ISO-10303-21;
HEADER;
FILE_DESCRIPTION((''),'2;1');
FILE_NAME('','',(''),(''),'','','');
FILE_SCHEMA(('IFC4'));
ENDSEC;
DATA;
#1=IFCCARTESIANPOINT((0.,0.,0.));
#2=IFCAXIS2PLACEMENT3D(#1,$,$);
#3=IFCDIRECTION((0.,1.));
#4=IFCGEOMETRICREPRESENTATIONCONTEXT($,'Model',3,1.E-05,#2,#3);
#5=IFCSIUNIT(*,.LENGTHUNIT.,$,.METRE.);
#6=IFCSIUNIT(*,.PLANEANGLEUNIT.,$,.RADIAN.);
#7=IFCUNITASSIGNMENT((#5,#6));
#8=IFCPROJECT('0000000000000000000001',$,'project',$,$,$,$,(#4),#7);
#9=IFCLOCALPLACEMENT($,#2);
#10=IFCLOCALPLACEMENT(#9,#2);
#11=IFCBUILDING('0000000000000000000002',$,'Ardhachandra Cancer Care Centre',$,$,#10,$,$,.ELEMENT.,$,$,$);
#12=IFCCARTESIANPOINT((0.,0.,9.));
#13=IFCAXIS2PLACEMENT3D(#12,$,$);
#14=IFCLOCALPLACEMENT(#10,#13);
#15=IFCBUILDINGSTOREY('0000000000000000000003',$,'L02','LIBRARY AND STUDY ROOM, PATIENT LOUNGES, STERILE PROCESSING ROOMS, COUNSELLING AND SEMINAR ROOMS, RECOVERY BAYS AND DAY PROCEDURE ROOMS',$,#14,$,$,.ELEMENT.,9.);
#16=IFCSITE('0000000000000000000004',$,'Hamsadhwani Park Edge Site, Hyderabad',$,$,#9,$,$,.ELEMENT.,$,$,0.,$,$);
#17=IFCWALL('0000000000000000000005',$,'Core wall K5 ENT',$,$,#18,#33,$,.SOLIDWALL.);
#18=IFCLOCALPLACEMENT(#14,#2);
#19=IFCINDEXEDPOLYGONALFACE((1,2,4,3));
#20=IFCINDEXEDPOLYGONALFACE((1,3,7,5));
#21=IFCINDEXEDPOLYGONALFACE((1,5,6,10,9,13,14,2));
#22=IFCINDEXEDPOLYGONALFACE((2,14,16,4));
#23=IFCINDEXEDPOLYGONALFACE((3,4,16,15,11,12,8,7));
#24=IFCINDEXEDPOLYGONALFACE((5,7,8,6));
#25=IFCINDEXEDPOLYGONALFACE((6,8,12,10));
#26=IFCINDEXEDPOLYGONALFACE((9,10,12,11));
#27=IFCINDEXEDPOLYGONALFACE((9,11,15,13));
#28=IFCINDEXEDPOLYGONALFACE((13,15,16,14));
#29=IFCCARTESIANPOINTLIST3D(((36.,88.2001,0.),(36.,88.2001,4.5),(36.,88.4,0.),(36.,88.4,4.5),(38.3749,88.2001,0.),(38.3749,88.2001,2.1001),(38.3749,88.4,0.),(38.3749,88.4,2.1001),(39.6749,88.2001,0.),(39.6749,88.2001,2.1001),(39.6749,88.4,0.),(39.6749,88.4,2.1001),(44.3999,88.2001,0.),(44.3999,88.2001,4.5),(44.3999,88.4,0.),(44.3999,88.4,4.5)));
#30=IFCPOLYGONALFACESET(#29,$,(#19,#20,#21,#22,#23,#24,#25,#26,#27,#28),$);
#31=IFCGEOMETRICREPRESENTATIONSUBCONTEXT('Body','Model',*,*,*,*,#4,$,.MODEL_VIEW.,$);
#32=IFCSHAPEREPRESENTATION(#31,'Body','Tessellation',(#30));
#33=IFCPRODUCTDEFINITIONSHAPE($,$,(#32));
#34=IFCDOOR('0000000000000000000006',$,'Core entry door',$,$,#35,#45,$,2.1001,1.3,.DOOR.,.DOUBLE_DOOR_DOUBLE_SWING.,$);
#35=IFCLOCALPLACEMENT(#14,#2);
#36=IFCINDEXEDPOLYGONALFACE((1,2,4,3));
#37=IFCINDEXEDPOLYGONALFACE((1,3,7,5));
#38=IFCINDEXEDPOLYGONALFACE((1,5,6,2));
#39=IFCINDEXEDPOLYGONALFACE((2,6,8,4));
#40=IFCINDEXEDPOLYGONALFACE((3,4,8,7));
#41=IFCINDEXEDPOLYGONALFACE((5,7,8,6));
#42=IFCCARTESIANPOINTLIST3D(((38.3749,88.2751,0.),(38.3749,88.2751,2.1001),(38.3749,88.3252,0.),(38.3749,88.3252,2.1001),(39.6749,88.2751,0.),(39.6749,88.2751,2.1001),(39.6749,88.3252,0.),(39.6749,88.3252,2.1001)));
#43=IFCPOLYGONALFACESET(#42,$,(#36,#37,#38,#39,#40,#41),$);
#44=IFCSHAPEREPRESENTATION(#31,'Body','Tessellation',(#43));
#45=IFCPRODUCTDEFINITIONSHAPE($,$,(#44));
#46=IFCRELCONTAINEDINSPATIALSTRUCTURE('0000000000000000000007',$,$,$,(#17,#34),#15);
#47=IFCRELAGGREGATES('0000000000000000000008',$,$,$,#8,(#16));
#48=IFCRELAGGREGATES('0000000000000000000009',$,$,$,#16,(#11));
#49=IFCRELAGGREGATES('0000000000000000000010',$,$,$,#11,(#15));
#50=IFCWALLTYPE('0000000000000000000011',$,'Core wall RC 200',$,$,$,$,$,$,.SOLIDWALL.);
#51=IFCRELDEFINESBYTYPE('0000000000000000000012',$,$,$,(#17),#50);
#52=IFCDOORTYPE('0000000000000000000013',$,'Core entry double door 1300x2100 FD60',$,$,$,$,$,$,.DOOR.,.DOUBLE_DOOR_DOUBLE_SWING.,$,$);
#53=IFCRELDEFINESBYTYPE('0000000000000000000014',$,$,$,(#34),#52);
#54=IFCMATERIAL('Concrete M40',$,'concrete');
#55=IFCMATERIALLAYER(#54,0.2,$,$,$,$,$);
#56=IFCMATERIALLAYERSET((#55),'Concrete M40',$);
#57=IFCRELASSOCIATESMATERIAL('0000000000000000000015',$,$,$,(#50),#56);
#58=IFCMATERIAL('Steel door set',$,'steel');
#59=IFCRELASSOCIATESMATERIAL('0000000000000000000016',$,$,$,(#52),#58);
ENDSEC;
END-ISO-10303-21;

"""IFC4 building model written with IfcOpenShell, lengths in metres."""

from ifc_helpers import new_model, si_unit, direction, frame, frame_2d, origin, place, context, subcontext, project, spatial, rectangle, extrude, material, layer, layer_set, type_object, element, fill, save


model = new_model("IFC4")

# Units and contexts
model_context = context("Model", 3, precision=1e-05, world=origin(), true_north=direction((0.0, 1.0)))
body_context = subcontext(model_context, "Body", "Model", "MODEL_VIEW")
ifc_project = project(units=[si_unit("LENGTHUNIT", "METRE"), si_unit("PLANEANGLEUNIT", "RADIAN")], contexts=[model_context])

# Site, building, storey
site_placement = place(None, origin())
site = spatial("IfcSite", under=ifc_project, at=site_placement, Name="Hamsadhwani Park Edge Site, Hyderabad", CompositionType="ELEMENT", RefElevation=0.0)
building_placement = place(site_placement, origin())
building = spatial("IfcBuilding", under=site, at=building_placement, Name="Ardhachandra Cancer Care Centre", CompositionType="ELEMENT")
storey_placement = place(building_placement, frame((0.0, 0.0, 9.0)))
storey = spatial("IfcBuildingStorey", under=building, at=storey_placement, Name="L02", Description="LIBRARY AND STUDY ROOM, PATIENT LOUNGES, STERILE PROCESSING ROOMS, COUNSELLING AND SEMINAR ROOMS, RECOVERY BAYS AND DAY PROCEDURE ROOMS", CompositionType="ELEMENT", Elevation=9.0)

# Wall, opening, door
ifc_material_1 = material(Name="Concrete M40", Category="concrete")
ifc_layer_1 = layer(ifc_material_1, 0.2)
ifc_layer_set_1 = layer_set([ifc_layer_1], Name="Concrete M40")
wall_type_1 = type_object("IfcWallType", Name="Core wall RC 200", PredefinedType="SOLIDWALL", material=ifc_layer_set_1)
wall_1_placement = place(storey_placement, frame((44.3999, 88.3, 0.0), z_axis=(0.0, 0.0, 1.0), x_axis=(-1.0, 0.0, 0.0)))
wall_1 = element("IfcWall", 1, at=wall_1_placement, inside=storey, type_object=wall_type_1, Name="Core wall K5 ENT", PredefinedType="SOLIDWALL", context=body_context, shape_type="SweptSolid", body=[
    extrude(rectangle(XDim=8.3999, YDim=0.2, at=frame_2d((4.2, 0.0))), origin(), (0.0, 0.0, 1.0), 4.5),
])
opening_1_placement = place(wall_1_placement, frame((4.7251, 0.0, 0.0)))
opening_1 = element("IfcOpeningElement", 2, at=opening_1_placement, cuts=wall_1, PredefinedType="OPENING", context=body_context, shape_type="SweptSolid", body=[
    extrude(rectangle(XDim=1.3, YDim=2.1001, at=frame_2d((0.6499, 1.05))), frame((0.0, 0.1099, 0.0), z_axis=(0.0, -1.0, 0.0), x_axis=(1.0, 0.0, 0.0)), (0.0, 0.0, 1.0), 0.22),
])
ifc_material_2 = material(Name="Steel door set", Category="steel")
door_type_1 = type_object("IfcDoorType", Name="Core entry double door 1300x2100 FD60", OperationType="DOUBLE_DOOR_DOUBLE_SWING", PredefinedType="DOOR", material=ifc_material_2)
door_1_placement = place(opening_1_placement, origin())
door_1 = element("IfcDoor", 3, at=door_1_placement, inside=storey, type_object=door_type_1, Name="Core entry door", OperationType="DOUBLE_DOOR_DOUBLE_SWING", OverallHeight=2.1001, OverallWidth=1.3, PredefinedType="DOOR", context=body_context, shape_type="SweptSolid", body=[
    extrude(rectangle(XDim=1.3, YDim=2.1001, at=frame_2d((0.6499, 1.05))), frame((0.0, 0.0249, 0.0), z_axis=(0.0, -1.0, 0.0), x_axis=(1.0, 0.0, 0.0)), (0.0, 0.0, 1.0), 0.05),
])
fill(opening_1, door_1)

save(model, "model.ifc")
